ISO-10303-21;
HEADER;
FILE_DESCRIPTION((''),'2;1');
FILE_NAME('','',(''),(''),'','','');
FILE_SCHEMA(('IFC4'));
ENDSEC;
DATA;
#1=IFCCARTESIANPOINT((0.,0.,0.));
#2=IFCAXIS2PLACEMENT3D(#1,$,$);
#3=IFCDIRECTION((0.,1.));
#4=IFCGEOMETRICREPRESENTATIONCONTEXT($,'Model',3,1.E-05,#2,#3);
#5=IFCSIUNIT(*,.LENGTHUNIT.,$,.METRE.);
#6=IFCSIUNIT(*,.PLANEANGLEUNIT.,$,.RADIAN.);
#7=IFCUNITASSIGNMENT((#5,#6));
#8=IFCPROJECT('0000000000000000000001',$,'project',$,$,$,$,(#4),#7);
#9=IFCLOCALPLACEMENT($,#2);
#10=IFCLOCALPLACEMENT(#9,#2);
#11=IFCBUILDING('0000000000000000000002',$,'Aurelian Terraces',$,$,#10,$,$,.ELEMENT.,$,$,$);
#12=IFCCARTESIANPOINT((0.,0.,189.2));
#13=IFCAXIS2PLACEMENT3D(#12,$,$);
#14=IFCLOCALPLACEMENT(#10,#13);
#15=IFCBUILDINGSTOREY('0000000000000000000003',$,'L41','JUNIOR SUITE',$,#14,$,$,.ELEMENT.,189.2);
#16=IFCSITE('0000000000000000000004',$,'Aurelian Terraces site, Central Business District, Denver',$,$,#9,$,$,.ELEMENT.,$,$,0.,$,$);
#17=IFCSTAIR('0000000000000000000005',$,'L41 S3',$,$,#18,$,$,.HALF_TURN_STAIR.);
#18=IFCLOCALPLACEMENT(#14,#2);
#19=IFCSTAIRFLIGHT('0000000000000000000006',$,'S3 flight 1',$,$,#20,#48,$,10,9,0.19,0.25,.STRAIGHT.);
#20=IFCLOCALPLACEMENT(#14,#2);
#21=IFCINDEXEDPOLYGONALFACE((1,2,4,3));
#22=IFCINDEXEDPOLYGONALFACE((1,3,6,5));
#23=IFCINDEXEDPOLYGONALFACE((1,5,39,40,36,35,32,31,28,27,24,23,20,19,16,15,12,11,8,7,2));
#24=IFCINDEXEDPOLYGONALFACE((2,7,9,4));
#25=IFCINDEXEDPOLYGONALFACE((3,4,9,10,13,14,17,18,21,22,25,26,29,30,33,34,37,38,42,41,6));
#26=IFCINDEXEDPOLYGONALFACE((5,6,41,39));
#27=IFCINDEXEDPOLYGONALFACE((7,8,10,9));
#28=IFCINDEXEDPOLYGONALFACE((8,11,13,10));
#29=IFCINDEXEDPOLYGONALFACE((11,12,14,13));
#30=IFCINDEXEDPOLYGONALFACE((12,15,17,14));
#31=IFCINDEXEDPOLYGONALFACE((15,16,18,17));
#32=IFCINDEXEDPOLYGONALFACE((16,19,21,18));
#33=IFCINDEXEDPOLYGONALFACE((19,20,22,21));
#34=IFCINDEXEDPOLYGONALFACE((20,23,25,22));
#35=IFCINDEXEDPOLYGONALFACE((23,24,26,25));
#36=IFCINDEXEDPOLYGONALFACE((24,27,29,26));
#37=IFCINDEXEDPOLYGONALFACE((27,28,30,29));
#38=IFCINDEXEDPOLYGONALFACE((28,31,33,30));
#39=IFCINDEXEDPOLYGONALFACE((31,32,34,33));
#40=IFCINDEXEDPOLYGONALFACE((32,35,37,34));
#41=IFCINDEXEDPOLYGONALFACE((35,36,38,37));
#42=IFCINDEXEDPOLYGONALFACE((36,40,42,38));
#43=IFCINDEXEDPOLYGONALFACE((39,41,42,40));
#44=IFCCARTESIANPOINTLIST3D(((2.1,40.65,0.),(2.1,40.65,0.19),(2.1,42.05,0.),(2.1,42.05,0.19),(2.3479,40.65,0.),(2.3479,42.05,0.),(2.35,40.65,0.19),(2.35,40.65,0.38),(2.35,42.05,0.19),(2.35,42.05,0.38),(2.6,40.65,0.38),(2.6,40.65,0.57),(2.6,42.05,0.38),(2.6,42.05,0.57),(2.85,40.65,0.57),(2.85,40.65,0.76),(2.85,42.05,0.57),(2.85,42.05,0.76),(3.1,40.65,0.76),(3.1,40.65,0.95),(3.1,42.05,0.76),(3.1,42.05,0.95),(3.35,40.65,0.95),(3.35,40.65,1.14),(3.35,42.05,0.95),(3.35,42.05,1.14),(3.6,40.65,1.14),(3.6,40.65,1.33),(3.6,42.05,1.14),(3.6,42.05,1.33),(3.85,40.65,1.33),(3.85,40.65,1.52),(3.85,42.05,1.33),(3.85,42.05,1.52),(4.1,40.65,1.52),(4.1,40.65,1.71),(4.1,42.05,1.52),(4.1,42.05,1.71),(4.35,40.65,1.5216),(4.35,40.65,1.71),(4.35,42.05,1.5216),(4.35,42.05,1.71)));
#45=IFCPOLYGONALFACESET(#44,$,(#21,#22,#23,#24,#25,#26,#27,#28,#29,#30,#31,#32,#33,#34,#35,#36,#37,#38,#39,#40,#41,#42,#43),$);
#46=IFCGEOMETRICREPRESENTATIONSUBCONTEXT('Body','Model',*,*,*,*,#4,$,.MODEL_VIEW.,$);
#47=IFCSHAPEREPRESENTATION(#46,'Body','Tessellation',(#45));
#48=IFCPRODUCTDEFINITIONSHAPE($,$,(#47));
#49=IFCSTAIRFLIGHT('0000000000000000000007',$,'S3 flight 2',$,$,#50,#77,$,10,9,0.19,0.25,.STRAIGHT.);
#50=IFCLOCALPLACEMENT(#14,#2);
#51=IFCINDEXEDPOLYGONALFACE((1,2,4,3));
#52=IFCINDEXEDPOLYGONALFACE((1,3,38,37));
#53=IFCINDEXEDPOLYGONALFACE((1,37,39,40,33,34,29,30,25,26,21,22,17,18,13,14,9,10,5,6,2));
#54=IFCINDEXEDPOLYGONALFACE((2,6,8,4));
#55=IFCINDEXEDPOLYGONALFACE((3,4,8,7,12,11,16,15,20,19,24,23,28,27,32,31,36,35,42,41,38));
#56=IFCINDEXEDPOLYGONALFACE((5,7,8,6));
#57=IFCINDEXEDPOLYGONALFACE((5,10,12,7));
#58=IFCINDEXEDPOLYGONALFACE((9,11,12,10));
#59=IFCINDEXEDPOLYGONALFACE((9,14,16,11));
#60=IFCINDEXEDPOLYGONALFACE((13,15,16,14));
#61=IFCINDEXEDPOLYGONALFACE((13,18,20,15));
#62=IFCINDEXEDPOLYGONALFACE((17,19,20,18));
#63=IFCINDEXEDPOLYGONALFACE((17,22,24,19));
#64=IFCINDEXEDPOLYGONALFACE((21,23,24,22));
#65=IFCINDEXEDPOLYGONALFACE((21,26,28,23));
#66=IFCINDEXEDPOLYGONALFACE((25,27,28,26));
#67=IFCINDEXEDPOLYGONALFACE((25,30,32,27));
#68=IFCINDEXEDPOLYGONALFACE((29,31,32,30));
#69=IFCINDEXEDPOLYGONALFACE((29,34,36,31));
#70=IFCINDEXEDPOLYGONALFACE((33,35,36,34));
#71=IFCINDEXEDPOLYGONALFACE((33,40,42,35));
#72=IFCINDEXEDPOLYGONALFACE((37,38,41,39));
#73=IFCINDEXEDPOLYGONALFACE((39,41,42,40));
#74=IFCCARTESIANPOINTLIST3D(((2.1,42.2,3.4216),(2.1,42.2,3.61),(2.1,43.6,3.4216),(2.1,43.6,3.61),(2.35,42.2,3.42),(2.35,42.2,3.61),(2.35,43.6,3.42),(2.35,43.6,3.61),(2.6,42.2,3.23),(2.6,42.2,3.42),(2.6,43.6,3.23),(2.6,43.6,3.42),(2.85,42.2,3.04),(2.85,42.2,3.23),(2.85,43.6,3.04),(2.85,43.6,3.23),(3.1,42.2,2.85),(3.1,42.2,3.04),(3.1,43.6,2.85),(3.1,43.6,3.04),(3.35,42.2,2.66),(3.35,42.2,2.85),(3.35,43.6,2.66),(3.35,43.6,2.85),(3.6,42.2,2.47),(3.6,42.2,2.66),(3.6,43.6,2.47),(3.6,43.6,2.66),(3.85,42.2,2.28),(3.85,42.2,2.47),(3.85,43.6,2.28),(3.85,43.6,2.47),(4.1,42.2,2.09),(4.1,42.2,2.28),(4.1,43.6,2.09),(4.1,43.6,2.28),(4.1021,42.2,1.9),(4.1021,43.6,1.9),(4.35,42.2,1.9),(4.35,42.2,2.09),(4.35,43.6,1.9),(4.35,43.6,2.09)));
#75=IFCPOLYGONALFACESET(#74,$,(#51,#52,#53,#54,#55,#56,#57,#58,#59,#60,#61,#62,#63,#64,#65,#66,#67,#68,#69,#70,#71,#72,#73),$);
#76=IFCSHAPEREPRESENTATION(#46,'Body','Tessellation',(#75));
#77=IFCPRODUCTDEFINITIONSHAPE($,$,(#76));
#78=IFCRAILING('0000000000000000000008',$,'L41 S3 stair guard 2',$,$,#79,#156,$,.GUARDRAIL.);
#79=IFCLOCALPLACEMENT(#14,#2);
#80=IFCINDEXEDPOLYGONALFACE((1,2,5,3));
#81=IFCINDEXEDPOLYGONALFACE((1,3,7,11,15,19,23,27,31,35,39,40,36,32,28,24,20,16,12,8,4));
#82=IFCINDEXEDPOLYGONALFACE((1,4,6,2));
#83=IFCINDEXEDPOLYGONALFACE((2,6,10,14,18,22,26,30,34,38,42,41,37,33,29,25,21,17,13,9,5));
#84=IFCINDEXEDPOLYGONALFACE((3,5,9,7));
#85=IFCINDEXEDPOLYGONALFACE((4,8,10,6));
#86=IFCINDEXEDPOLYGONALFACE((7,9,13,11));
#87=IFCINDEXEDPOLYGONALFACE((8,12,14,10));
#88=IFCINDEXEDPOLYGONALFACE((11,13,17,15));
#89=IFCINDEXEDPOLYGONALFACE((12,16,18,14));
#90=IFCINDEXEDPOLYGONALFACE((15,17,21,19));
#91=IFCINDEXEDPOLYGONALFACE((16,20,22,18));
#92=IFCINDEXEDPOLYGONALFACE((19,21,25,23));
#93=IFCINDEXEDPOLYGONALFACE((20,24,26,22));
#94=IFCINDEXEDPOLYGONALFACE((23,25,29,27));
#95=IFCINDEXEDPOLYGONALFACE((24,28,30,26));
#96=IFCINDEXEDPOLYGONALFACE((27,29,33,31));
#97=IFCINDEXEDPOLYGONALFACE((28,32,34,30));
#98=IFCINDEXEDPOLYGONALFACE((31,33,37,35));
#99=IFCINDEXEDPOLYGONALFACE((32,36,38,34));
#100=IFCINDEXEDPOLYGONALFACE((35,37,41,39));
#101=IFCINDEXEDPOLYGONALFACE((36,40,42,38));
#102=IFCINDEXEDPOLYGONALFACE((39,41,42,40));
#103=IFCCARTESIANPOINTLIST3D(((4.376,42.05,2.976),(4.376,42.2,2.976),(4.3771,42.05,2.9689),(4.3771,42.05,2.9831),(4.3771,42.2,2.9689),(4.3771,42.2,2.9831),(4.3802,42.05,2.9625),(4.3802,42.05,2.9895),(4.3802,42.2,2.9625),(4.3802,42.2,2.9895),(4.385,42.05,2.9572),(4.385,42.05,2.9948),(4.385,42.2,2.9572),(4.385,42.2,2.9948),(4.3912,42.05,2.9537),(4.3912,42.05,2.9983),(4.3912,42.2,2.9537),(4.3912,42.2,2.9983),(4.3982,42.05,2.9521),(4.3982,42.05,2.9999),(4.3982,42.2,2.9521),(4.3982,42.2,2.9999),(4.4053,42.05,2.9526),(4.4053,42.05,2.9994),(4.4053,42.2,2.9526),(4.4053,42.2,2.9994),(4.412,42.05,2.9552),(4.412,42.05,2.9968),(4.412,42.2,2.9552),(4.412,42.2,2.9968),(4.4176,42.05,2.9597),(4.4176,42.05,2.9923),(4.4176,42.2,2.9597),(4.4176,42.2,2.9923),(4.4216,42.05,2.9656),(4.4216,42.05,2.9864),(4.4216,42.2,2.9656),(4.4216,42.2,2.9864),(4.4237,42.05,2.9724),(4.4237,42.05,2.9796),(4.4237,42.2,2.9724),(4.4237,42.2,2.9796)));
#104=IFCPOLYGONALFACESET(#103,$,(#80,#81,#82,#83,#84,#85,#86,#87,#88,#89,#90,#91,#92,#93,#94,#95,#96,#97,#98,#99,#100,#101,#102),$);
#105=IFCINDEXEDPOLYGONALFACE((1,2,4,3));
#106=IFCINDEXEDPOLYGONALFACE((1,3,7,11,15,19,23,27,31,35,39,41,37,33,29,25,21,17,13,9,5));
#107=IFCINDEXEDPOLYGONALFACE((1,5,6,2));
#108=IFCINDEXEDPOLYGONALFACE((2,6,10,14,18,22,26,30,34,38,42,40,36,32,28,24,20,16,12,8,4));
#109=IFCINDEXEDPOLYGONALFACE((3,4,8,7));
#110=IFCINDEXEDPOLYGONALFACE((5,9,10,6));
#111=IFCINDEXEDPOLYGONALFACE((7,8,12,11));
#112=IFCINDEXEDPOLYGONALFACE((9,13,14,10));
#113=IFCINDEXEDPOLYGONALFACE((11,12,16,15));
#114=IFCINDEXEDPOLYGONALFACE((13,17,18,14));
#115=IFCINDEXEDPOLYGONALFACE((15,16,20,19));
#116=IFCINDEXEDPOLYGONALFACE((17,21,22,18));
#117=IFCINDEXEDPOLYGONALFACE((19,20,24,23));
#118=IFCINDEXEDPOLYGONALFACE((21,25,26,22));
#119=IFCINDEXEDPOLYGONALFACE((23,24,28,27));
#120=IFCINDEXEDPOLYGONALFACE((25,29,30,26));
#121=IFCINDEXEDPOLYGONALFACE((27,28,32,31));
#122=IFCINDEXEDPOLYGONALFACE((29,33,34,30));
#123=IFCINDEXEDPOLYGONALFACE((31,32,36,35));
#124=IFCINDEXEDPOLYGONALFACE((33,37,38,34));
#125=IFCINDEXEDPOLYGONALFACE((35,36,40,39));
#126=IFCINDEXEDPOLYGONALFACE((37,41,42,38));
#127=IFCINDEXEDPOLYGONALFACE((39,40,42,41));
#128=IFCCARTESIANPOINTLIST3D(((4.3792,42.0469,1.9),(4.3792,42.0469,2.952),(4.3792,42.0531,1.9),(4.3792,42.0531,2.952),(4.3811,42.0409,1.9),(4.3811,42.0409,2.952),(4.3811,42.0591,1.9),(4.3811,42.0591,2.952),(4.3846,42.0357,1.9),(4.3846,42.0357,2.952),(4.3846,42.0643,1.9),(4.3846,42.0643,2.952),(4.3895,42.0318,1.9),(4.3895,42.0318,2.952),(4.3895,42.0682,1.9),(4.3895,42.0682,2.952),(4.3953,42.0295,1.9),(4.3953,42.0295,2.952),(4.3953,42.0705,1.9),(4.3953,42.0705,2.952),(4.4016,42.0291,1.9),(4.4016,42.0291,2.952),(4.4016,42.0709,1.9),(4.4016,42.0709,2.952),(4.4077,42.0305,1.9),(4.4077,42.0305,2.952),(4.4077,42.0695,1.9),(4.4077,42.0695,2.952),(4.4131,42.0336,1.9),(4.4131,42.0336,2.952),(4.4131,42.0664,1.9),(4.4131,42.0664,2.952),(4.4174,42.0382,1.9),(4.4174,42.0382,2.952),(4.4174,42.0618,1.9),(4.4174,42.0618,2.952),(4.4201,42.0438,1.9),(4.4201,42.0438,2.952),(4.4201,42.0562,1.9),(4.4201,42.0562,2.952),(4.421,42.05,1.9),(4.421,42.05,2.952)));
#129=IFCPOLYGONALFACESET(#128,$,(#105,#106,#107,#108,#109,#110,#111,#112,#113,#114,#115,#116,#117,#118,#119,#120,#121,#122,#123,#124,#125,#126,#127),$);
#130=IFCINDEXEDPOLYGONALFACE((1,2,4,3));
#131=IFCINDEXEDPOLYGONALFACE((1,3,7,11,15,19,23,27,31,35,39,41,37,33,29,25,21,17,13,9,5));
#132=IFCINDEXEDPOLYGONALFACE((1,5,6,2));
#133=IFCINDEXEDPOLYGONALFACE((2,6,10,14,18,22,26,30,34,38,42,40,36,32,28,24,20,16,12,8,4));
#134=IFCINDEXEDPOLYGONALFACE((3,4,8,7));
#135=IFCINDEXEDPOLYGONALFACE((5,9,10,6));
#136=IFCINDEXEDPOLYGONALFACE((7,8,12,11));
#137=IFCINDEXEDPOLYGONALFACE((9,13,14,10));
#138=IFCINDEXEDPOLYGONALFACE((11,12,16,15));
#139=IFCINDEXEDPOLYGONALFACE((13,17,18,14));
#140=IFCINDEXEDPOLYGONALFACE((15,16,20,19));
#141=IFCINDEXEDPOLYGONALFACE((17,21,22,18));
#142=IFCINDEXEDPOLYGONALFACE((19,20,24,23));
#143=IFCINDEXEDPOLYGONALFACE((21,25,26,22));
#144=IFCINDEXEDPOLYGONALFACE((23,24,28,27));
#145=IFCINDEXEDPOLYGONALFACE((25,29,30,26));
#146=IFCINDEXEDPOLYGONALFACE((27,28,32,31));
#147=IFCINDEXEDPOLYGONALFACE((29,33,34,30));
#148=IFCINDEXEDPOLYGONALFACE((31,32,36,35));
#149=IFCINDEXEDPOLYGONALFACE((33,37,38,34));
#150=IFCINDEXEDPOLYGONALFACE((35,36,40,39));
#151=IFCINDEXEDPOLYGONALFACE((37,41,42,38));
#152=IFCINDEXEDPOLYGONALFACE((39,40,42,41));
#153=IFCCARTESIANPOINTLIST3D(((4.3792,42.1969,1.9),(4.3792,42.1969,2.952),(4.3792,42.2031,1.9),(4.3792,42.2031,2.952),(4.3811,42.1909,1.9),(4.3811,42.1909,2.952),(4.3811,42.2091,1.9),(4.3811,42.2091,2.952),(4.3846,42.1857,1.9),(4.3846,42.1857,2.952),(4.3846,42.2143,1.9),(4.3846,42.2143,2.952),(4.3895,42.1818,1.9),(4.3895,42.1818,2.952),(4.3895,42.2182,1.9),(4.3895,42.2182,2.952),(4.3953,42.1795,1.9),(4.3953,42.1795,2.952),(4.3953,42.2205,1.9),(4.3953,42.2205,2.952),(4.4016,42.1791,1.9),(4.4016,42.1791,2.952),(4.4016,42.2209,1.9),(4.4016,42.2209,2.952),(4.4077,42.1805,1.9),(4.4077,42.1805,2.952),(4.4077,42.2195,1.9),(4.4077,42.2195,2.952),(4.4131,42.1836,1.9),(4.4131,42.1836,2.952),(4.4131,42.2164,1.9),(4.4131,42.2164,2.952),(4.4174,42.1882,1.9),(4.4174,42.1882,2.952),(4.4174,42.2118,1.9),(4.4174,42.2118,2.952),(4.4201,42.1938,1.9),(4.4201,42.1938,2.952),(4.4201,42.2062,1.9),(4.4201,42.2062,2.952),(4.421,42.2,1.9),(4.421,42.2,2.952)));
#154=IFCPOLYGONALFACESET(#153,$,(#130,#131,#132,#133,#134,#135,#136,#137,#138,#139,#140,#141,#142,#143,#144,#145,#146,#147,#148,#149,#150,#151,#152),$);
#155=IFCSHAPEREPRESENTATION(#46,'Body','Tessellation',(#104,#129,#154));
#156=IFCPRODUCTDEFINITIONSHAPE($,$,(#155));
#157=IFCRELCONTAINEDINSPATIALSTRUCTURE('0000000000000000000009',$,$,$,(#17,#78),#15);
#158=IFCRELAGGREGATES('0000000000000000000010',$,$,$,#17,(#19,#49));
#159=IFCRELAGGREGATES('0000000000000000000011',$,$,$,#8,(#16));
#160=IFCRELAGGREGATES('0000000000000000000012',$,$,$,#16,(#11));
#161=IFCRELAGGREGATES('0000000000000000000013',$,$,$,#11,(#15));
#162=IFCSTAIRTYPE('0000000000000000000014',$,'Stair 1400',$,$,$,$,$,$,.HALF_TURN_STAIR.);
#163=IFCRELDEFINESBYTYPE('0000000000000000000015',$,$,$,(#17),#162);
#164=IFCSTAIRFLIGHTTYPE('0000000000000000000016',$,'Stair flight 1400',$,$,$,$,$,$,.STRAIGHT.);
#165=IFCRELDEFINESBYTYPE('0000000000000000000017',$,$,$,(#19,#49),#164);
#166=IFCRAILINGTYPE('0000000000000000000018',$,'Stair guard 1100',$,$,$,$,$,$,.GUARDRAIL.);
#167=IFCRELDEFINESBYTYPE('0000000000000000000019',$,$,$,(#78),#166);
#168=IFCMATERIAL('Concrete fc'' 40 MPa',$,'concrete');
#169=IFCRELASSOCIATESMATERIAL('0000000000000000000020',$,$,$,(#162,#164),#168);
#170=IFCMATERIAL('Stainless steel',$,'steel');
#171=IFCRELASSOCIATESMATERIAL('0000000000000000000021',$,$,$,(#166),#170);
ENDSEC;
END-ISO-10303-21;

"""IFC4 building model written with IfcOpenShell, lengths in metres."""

from ifc_helpers import new_model, si_unit, direction, frame, origin, origin_2d, place, context, subcontext, project, spatial, polyline, circle, outline, extrude, source, transform, mapped, material, type_object, element, aggregate, save


model = new_model("IFC4")

# Units and contexts
model_context = context("Model", 3, precision=1e-05, world=origin(), true_north=direction((0.0, 1.0)))
body_context = subcontext(model_context, "Body", "Model", "MODEL_VIEW")
ifc_project = project(units=[si_unit("LENGTHUNIT", "METRE"), si_unit("PLANEANGLEUNIT", "RADIAN")], contexts=[model_context])

# Site, building, storey
site_placement = place(None, origin())
site = spatial("IfcSite", under=ifc_project, at=site_placement, Name="Aurelian Terraces site, Central Business District, Denver", CompositionType="ELEMENT", RefElevation=0.0)
building_placement = place(site_placement, origin())
building = spatial("IfcBuilding", under=site, at=building_placement, Name="Aurelian Terraces", CompositionType="ELEMENT")
storey_placement = place(building_placement, frame((0.0, 0.0, 189.2)))
storey = spatial("IfcBuildingStorey", under=building, at=storey_placement, Name="L41", Description="JUNIOR SUITE", CompositionType="ELEMENT", Elevation=189.2)

# Shared definitions
ifc_material_1 = material(Name="Concrete fc' 40 MPa", Category="concrete")

# Stair, stair flights
stair_type = type_object("IfcStairType", Name="Stair 1400", PredefinedType="HALF_TURN_STAIR", material=ifc_material_1)
stair_placement = place(storey_placement, origin())
stair = element("IfcStair", 1, at=stair_placement, inside=storey, type_object=stair_type, Name="L41 S3", PredefinedType="HALF_TURN_STAIR")
stair_flight_type = type_object("IfcStairFlightType", Name="Stair flight 1400", PredefinedType="STRAIGHT", material=ifc_material_1)
shared_shape_1 = source(origin(), body_context, "Body", "SweptSolid", [
    extrude(outline(polyline([(0.0, 0.0), (0.0, 0.19), (0.25, 0.19), (0.25, 0.38), (0.5, 0.38), (0.5, 0.57), (0.75, 0.57), (0.75, 0.76), (1.0, 0.76), (1.0, 0.95), (1.25, 0.95), (1.25, 1.14), (1.5, 1.14), (1.5, 1.33), (1.75, 1.33), (1.75, 1.52), (2.0, 1.52), (2.0, 1.71), (2.25, 1.71), (2.25, 1.9), (2.25, 1.5216), (0.2479, 0.0), (0.0, 0.0)])), frame((0.0, 0.7, 0.0), z_axis=(0.0, -1.0, 0.0), x_axis=(1.0, 0.0, 0.0)), (0.0, 0.0, 1.0), 1.4),
])
stair_flight_1_placement = place(storey_placement, frame((2.1, 41.35, 0.0), z_axis=(0.0, 0.0, 1.0), x_axis=(1.0, 0.0, 0.0)))
stair_flight_1 = element("IfcStairFlight", 2, at=stair_flight_1_placement, type_object=stair_flight_type, Name="S3 flight 1", NumberOfRisers=10, NumberOfTreads=9, PredefinedType="STRAIGHT", RiserHeight=0.19, TreadLength=0.25, context=body_context, shape_type="MappedRepresentation", body=[
    mapped(shared_shape_1, transform((0.0, 0.0, 0.0), scale=1.0)),
])
stair_flight_2_placement = place(storey_placement, frame((4.35, 42.9, 1.9), z_axis=(0.0, 0.0, 1.0), x_axis=(-1.0, 0.0, 0.0)))
stair_flight_2 = element("IfcStairFlight", 3, at=stair_flight_2_placement, type_object=stair_flight_type, Name="S3 flight 2", NumberOfRisers=10, NumberOfTreads=9, PredefinedType="STRAIGHT", RiserHeight=0.19, TreadLength=0.25, context=body_context, shape_type="MappedRepresentation", body=[
    mapped(shared_shape_1, transform((0.0, 0.0, 0.0), scale=1.0)),
])
aggregate(stair, [stair_flight_1, stair_flight_2])

# Railing
ifc_material_2 = material(Name="Stainless steel", Category="steel")
railing_type_1 = type_object("IfcRailingType", Name="Stair guard 1100", PredefinedType="GUARDRAIL", material=ifc_material_2)
shared_shape_2 = source(origin(), body_context, "Body", "SweptSolid", [
    extrude(circle(Radius=0.024, at=origin_2d()), frame((0.0, 0.0, 1.076), z_axis=(0.0, 1.0, 0.0), x_axis=(-1.0, 0.0, 0.0)), (0.0, 0.0, 1.0), 0.15),
    extrude(circle(Radius=0.021, at=origin_2d()), origin(), (0.0, 0.0, 1.0), 1.052),
    extrude(circle(Radius=0.021, at=origin_2d()), frame((0.0, 0.15, 0.0)), (0.0, 0.0, 1.0), 1.052),
])
for number, where, name in (
    (4, (4.4, 42.05, 1.9), "L41 S3 stair guard 2"),
):
    element("IfcRailing", number, at=place(storey_placement, frame(where)), inside=storey, type_object=railing_type_1, Name=name, PredefinedType="GUARDRAIL", context=body_context, shape_type="MappedRepresentation", body=[
        mapped(shared_shape_2, transform((0.0, 0.0, 0.0), scale=1.0)),
    ])

save(model, "model.ifc")
